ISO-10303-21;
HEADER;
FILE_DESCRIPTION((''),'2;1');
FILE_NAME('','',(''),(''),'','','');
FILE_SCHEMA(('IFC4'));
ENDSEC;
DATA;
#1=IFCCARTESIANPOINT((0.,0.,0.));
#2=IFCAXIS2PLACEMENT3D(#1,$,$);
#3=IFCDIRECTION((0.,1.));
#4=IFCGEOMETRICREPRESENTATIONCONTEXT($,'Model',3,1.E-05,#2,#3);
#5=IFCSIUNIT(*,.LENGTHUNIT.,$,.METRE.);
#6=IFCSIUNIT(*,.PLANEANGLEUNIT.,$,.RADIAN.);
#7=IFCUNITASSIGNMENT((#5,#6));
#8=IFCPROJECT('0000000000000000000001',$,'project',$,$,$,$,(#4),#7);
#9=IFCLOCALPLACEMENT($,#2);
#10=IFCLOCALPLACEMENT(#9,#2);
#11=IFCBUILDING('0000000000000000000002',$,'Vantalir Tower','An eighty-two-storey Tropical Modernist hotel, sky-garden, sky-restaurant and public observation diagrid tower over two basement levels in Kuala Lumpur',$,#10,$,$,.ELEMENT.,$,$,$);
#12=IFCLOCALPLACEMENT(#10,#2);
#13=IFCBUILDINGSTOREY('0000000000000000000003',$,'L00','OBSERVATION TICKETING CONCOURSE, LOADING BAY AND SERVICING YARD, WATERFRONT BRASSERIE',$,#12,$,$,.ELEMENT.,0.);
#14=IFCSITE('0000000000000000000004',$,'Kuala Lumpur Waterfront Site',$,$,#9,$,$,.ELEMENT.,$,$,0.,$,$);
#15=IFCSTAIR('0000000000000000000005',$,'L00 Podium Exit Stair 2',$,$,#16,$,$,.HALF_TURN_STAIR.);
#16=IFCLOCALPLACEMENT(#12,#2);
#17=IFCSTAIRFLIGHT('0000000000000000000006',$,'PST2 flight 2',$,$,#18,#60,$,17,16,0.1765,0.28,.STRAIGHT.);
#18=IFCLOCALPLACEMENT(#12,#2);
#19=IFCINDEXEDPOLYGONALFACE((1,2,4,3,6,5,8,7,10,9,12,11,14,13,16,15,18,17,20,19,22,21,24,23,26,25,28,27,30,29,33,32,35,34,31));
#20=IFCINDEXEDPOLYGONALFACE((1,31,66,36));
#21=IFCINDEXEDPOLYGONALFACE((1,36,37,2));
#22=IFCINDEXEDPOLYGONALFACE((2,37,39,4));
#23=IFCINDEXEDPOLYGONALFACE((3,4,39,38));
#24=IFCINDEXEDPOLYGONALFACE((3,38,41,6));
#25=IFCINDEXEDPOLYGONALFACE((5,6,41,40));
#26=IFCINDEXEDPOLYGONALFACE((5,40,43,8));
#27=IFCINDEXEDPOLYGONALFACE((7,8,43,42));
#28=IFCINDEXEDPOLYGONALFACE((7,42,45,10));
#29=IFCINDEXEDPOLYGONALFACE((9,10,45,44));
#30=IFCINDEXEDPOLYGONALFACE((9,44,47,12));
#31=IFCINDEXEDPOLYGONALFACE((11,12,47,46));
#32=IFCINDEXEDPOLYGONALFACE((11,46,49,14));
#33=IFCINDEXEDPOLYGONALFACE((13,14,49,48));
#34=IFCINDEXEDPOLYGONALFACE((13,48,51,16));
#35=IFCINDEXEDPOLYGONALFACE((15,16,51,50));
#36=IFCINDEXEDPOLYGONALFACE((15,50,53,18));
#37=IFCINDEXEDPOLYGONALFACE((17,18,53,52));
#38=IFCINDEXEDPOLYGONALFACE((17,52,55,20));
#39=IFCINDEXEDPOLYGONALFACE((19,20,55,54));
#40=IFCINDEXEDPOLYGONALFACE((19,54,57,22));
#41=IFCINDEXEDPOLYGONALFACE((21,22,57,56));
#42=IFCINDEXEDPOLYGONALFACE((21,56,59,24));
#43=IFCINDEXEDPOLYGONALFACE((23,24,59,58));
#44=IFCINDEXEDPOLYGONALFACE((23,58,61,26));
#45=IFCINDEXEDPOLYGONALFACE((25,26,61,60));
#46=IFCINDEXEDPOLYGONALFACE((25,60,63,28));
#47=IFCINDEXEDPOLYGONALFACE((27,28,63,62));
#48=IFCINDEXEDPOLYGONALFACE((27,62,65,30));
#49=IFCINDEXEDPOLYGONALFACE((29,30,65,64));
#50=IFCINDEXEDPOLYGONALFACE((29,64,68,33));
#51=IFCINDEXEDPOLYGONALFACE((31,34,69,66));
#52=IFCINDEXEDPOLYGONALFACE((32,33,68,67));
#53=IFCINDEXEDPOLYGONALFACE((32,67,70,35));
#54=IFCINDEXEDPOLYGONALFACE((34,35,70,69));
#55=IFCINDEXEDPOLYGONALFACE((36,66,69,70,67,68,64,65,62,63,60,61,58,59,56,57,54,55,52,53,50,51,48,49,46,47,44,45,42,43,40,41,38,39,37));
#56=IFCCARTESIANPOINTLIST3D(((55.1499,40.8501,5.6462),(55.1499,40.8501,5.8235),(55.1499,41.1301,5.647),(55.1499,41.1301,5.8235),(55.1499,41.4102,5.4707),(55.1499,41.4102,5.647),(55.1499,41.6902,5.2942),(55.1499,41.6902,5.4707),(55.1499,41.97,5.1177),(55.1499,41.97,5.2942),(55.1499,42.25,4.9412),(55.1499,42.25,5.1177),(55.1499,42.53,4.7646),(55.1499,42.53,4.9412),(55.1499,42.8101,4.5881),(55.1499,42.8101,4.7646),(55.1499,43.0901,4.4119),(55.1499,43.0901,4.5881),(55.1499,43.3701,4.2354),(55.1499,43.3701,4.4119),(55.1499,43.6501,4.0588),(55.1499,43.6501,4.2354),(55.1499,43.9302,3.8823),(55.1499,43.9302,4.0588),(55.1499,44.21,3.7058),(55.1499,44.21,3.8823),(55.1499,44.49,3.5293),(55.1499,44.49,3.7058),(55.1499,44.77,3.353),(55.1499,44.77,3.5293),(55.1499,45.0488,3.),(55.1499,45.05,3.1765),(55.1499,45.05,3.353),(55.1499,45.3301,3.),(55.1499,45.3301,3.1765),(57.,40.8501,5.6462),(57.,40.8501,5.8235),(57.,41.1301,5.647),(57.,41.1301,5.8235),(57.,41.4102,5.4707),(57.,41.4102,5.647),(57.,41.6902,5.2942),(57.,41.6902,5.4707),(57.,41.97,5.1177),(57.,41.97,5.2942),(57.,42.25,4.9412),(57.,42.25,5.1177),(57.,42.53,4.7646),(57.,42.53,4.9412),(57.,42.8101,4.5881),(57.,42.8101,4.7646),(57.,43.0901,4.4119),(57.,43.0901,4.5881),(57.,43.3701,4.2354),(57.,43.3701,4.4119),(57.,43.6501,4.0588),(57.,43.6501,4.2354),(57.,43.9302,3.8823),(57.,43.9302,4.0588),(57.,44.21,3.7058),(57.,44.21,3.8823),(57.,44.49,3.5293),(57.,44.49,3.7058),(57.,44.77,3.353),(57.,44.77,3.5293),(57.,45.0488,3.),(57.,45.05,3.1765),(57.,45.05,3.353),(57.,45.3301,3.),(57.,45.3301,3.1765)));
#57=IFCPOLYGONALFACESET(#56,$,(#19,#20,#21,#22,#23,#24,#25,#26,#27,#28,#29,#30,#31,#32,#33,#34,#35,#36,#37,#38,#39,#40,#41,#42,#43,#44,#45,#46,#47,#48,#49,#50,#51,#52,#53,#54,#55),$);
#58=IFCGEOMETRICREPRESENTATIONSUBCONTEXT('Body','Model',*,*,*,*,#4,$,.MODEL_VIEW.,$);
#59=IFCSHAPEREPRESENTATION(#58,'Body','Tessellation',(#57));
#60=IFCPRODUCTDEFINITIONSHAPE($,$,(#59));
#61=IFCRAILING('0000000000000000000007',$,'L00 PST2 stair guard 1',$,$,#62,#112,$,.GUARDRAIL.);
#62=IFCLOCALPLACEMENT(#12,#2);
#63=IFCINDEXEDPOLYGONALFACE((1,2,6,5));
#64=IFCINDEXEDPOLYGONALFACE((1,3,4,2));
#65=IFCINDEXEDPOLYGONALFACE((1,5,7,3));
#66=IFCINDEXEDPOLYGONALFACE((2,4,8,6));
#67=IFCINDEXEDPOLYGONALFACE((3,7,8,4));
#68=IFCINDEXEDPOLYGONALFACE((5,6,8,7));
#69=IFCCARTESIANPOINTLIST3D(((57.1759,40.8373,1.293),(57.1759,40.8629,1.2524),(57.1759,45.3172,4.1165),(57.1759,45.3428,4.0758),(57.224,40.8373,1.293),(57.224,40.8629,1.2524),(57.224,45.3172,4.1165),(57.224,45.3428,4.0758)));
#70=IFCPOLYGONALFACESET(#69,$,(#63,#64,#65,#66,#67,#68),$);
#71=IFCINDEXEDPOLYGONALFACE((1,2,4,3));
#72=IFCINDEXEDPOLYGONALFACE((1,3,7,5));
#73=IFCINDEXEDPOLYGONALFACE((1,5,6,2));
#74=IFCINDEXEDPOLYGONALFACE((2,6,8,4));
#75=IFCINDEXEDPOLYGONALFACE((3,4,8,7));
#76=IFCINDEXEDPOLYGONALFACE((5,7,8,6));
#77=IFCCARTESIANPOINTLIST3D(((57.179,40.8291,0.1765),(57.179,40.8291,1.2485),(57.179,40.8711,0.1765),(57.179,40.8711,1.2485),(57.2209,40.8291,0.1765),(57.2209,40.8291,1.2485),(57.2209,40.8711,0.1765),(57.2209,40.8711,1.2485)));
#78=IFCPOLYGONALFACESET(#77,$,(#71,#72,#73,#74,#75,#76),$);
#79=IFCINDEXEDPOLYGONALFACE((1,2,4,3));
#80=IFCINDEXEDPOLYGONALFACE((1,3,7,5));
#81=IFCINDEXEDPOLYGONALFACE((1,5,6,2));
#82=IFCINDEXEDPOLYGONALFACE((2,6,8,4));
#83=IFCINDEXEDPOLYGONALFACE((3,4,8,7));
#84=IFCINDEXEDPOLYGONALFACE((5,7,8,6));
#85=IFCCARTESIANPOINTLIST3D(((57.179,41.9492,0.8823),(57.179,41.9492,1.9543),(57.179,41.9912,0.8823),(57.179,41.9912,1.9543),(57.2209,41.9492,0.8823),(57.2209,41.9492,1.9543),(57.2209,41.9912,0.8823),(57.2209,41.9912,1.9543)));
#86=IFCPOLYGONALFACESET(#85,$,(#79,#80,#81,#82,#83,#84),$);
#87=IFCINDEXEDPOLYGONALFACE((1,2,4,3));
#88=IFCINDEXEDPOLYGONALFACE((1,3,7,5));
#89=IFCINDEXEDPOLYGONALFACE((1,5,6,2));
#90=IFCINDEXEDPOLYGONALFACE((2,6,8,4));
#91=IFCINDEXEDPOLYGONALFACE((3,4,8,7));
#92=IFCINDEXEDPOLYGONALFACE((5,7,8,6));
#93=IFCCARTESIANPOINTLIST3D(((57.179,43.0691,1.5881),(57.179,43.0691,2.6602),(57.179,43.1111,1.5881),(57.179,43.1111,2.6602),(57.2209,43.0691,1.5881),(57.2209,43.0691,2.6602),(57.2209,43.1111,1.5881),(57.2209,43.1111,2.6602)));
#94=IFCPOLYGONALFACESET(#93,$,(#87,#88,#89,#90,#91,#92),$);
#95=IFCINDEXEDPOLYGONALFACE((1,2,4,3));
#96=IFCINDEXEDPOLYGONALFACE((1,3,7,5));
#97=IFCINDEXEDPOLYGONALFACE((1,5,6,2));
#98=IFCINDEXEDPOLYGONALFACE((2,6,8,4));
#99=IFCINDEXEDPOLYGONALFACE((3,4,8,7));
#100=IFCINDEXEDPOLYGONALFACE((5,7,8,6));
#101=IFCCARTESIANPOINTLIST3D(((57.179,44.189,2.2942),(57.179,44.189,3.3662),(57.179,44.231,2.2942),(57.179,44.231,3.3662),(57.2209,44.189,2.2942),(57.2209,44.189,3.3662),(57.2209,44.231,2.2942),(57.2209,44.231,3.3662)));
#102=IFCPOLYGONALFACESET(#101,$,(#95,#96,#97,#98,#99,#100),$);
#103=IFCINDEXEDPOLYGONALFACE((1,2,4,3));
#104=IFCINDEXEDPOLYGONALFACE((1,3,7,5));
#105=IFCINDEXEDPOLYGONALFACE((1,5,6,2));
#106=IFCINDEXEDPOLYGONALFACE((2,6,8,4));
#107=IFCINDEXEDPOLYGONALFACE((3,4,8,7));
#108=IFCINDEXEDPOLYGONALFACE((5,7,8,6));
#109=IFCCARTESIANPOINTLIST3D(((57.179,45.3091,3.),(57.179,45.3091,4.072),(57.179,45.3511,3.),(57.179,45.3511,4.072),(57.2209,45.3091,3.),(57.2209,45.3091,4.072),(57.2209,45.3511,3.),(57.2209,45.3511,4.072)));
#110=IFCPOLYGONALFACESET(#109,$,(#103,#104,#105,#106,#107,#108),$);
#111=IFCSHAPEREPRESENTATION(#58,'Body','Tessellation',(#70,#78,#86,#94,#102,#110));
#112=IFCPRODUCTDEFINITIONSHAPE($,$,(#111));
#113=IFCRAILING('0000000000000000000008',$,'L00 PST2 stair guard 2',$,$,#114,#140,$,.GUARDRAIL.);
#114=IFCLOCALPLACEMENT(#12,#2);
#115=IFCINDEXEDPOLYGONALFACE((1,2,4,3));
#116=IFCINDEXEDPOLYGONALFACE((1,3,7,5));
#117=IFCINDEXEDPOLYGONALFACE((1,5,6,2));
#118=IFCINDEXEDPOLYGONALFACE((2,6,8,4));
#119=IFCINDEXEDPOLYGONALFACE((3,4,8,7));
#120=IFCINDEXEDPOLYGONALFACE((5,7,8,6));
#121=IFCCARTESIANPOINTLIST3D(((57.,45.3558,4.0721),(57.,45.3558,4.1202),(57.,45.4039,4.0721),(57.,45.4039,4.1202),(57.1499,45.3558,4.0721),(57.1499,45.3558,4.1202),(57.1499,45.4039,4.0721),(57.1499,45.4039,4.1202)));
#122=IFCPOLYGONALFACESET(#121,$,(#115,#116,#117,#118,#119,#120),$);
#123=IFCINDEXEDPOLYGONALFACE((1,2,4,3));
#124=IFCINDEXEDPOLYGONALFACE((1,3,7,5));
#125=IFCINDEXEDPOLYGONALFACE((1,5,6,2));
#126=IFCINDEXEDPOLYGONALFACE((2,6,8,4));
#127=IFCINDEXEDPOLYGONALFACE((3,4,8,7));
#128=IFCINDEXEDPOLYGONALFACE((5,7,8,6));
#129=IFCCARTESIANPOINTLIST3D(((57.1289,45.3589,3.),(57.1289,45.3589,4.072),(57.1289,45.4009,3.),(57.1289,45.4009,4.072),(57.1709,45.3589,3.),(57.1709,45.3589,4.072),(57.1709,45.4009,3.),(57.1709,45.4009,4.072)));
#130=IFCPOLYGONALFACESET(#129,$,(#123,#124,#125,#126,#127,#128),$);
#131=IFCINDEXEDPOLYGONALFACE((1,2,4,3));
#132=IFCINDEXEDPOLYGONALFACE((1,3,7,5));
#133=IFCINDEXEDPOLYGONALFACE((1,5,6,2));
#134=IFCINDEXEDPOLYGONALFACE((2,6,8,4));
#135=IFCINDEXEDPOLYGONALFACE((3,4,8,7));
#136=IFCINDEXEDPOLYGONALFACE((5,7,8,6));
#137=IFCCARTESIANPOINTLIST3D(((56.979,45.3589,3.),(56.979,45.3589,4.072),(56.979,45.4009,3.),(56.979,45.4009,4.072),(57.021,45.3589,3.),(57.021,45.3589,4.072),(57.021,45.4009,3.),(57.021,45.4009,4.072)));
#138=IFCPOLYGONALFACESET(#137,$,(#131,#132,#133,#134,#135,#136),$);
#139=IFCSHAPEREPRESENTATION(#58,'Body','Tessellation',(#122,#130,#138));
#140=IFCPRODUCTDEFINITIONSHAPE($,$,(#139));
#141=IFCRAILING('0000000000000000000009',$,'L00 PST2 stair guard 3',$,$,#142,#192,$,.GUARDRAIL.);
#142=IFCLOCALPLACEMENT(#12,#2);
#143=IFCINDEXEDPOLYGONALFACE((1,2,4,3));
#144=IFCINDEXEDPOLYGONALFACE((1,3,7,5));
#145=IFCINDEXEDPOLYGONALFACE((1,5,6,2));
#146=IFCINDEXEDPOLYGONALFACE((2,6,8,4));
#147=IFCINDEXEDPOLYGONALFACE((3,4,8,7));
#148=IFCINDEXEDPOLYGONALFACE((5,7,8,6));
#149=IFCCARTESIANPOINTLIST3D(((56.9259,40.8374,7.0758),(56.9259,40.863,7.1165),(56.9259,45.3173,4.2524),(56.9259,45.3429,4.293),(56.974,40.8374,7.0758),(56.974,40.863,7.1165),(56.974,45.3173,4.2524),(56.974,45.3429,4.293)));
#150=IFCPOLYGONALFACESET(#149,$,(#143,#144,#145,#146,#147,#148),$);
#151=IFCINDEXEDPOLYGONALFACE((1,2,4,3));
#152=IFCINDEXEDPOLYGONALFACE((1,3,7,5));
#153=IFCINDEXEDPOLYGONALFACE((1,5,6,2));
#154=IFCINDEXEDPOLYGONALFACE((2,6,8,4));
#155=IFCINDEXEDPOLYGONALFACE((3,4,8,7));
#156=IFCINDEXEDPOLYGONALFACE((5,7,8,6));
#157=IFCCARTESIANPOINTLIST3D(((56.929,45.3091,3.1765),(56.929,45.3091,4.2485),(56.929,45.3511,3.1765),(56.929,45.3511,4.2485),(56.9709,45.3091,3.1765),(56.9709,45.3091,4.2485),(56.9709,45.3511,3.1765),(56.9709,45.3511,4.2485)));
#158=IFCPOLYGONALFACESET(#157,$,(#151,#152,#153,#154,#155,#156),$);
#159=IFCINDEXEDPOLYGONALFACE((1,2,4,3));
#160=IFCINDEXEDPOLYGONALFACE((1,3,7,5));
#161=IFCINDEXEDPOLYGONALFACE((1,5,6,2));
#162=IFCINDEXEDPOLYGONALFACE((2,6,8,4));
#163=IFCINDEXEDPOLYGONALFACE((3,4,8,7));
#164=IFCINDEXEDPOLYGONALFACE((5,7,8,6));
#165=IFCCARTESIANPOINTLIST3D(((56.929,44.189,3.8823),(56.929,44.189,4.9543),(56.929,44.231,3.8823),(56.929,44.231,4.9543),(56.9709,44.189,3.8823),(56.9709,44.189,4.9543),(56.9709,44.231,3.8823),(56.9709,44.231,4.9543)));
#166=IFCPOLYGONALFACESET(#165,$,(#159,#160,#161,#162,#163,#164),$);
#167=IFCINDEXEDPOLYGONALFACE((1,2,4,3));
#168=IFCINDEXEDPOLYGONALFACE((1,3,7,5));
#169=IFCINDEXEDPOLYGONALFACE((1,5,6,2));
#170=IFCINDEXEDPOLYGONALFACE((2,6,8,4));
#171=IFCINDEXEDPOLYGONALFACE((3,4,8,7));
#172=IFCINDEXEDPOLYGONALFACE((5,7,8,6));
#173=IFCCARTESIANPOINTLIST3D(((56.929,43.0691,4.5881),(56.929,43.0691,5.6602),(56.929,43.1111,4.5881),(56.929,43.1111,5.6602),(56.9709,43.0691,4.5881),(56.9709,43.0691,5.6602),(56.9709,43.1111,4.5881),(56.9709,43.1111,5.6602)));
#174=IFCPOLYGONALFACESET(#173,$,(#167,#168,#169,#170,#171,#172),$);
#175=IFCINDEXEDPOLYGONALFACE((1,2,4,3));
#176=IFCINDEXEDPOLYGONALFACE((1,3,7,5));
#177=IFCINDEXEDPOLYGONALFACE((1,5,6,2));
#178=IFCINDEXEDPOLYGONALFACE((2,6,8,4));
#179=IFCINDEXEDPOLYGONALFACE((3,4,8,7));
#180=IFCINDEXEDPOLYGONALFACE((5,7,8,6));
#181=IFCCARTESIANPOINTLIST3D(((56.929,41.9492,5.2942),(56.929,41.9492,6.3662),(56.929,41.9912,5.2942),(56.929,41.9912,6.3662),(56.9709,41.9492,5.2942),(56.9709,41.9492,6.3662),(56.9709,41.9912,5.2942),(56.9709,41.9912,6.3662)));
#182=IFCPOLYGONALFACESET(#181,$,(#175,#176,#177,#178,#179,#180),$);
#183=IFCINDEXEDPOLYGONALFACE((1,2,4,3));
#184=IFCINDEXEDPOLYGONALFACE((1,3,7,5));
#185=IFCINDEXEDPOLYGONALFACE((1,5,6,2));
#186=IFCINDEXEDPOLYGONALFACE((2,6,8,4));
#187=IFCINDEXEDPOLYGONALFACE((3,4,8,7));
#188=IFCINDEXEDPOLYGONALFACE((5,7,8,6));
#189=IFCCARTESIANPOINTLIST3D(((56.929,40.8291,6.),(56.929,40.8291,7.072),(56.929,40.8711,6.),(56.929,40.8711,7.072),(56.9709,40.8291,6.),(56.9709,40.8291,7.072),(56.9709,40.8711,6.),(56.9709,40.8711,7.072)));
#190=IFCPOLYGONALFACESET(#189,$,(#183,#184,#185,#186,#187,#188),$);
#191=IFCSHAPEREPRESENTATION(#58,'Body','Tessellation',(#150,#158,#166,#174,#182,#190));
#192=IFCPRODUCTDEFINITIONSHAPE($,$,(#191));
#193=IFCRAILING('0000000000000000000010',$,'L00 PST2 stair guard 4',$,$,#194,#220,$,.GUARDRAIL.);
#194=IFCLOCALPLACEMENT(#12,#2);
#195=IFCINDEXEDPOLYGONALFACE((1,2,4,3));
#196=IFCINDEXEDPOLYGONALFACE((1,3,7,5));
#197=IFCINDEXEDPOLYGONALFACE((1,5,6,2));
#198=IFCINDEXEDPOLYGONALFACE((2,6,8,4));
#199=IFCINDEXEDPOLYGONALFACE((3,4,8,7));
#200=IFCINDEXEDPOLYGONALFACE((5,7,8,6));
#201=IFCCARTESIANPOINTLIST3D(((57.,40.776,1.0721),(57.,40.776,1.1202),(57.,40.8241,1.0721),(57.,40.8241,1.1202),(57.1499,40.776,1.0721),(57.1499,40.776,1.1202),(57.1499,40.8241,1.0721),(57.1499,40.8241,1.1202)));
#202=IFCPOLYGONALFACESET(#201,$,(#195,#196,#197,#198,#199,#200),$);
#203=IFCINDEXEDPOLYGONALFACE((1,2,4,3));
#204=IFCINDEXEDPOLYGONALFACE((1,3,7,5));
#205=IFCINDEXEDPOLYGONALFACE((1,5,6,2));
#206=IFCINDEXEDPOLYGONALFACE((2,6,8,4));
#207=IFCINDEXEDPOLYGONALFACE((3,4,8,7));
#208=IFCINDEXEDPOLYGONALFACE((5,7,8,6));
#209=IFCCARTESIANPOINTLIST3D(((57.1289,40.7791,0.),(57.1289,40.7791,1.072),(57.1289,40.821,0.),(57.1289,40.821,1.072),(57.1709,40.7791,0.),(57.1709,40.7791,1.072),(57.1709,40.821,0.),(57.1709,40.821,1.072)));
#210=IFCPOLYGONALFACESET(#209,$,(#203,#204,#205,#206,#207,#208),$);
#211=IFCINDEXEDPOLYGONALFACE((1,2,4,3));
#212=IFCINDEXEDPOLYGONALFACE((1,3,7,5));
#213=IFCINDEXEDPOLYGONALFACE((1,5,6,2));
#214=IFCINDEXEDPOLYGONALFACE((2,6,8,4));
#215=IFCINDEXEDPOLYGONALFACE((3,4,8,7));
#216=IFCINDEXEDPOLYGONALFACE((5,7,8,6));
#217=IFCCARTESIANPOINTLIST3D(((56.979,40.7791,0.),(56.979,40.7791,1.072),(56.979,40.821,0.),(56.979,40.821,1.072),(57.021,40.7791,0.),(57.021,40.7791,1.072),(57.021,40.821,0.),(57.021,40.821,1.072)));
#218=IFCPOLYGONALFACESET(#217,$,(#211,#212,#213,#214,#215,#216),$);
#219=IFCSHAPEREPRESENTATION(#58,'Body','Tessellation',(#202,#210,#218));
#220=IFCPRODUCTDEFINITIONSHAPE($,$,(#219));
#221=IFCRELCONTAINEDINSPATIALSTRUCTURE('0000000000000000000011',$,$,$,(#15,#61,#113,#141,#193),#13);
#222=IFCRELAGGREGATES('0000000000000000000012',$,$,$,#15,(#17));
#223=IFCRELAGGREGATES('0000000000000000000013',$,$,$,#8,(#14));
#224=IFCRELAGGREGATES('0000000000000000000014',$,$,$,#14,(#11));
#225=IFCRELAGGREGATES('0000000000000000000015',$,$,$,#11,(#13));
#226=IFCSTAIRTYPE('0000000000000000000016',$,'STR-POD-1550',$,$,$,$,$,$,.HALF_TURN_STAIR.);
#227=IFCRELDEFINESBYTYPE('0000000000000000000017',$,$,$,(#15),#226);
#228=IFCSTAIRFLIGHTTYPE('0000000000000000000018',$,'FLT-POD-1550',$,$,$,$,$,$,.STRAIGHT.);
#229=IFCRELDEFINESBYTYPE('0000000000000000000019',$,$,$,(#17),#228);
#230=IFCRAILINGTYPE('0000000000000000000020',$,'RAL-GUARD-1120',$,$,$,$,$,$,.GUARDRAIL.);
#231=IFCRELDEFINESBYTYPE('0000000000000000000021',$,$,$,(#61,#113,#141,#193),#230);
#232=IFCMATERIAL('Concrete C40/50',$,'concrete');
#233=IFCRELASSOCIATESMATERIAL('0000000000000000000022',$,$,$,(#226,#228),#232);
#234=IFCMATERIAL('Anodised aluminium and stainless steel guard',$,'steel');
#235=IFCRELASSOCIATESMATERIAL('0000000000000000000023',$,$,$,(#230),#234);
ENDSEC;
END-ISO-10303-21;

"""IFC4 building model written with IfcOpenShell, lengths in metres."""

from ifc_helpers import new_model, si_unit, direction, frame, origin, origin_2d, place, context, subcontext, project, spatial, polyline, rectangle, outline, extrude, material, type_object, element, aggregate, save


model = new_model("IFC4")

# Units and contexts
model_context = context("Model", 3, precision=1e-05, world=origin(), true_north=direction((0.0, 1.0)))
body_context = subcontext(model_context, "Body", "Model", "MODEL_VIEW")
ifc_project = project(units=[si_unit("LENGTHUNIT", "METRE"), si_unit("PLANEANGLEUNIT", "RADIAN")], contexts=[model_context])

# Site, building, storey
site_placement = place(None, origin())
site = spatial("IfcSite", under=ifc_project, at=site_placement, Name="Kuala Lumpur Waterfront Site", CompositionType="ELEMENT", RefElevation=0.0)
building_placement = place(site_placement, origin())
building = spatial("IfcBuilding", under=site, at=building_placement, Name="Vantalir Tower", Description="An eighty-two-storey Tropical Modernist hotel, sky-garden, sky-restaurant and public observation diagrid tower over two basement levels in Kuala Lumpur", CompositionType="ELEMENT")
storey_placement = place(building_placement, origin())
storey = spatial("IfcBuildingStorey", under=building, at=storey_placement, Name="L00", Description="OBSERVATION TICKETING CONCOURSE, LOADING BAY AND SERVICING YARD, WATERFRONT BRASSERIE", CompositionType="ELEMENT", Elevation=0.0)

# Stair, stair flight
ifc_material_1 = material(Name="Concrete C40/50", Category="concrete")
stair_type = type_object("IfcStairType", Name="STR-POD-1550", PredefinedType="HALF_TURN_STAIR", material=ifc_material_1)
stair_placement = place(storey_placement, origin())
stair = element("IfcStair", 1, at=stair_placement, inside=storey, type_object=stair_type, Name="L00 Podium Exit Stair 2", PredefinedType="HALF_TURN_STAIR")
stair_flight_type = type_object("IfcStairFlightType", Name="FLT-POD-1550", PredefinedType="STRAIGHT", material=ifc_material_1)
stair_flight_1_placement = place(storey_placement, frame((56.075, 45.3301, 3.0), z_axis=(0.0, 0.0, 1.0), x_axis=(0.0, -1.0, 0.0)))
stair_flight_1 = element("IfcStairFlight", 2, at=stair_flight_1_placement, type_object=stair_flight_type, Name="PST2 flight 2", NumberOfRisers=17, NumberOfTreads=16, PredefinedType="STRAIGHT", RiserHeight=0.1765, TreadLength=0.28, context=body_context, shape_type="SweptSolid", body=[
    extrude(outline(polyline([(0.0, 0.0), (0.0, 0.1765), (0.28, 0.1765), (0.28, 0.353), (0.5601, 0.353), (0.5601, 0.5293), (0.8401, 0.5293), (0.8401, 0.7058), (1.1201, 0.7058), (1.1201, 0.8823), (1.3999, 0.8823), (1.3999, 1.0588), (1.6799, 1.0588), (1.6799, 1.2354), (1.96, 1.2354), (1.96, 1.4119), (2.24, 1.4119), (2.24, 1.5881), (2.52, 1.5881), (2.52, 1.7646), (2.8, 1.7646), (2.8, 1.9412), (3.0801, 1.9412), (3.0801, 2.1177), (3.3601, 2.1177), (3.3601, 2.2942), (3.6399, 2.2942), (3.6399, 2.4707), (3.9199, 2.4707), (3.9199, 2.647), (4.2, 2.647), (4.2, 2.8235), (4.48, 2.8235), (4.48, 3.0), (4.48, 2.6462), (0.2812, 0.0), (0.0, 0.0)])), frame((0.0, 0.925, 0.0), z_axis=(0.0, -1.0, 0.0), x_axis=(1.0, 0.0, 0.0)), (0.0, 0.0, 1.0), 1.8501),
])
aggregate(stair, [stair_flight_1])

# Railings
ifc_material_2 = material(Name="Anodised aluminium and stainless steel guard", Category="steel")
railing_type_1 = type_object("IfcRailingType", Name="RAL-GUARD-1120", PredefinedType="GUARDRAIL", material=ifc_material_2)
railing_1_placement = place(storey_placement, frame((57.2, 40.8501, 0.1765)))
element("IfcRailing", 3, at=railing_1_placement, inside=storey, type_object=railing_type_1, Name="L00 PST2 stair guard 1", PredefinedType="GUARDRAIL", context=body_context, shape_type="SweptSolid", body=[
    extrude(rectangle(XDim=0.0481, YDim=0.0481, at=origin_2d()), frame((0.0, 0.0, 1.0962), z_axis=(0.0, 0.845998, 0.533186), x_axis=(-1.0, 0.0, 0.0)), (0.0, 0.0, 1.0), 5.2954),
    extrude(rectangle(XDim=0.042, YDim=0.042, at=origin_2d()), origin(), (0.0, 0.0, 1.0), 1.072),
    extrude(rectangle(XDim=0.042, YDim=0.042, at=origin_2d()), frame((0.0, 1.1201, 0.7058)), (0.0, 0.0, 1.0), 1.072),
    extrude(rectangle(XDim=0.042, YDim=0.042, at=origin_2d()), frame((0.0, 2.24, 1.4116)), (0.0, 0.0, 1.0), 1.072),
    extrude(rectangle(XDim=0.042, YDim=0.042, at=origin_2d()), frame((0.0, 3.3599, 2.1177)), (0.0, 0.0, 1.0), 1.072),
    extrude(rectangle(XDim=0.042, YDim=0.042, at=origin_2d()), frame((0.0, 4.48, 2.8235)), (0.0, 0.0, 1.0), 1.072),
])
railing_2_placement = place(storey_placement, frame((57.1499, 45.3799, 3.0)))
element("IfcRailing", 4, at=railing_2_placement, inside=storey, type_object=railing_type_1, Name="L00 PST2 stair guard 2", PredefinedType="GUARDRAIL", context=body_context, shape_type="SweptSolid", body=[
    extrude(rectangle(XDim=0.0481, YDim=0.0481, at=origin_2d()), frame((0.0, 0.0, 1.0962), z_axis=(-1.0, 0.0, 0.0), x_axis=(0.0, -1.0, 0.0)), (0.0, 0.0, 1.0), 0.1499),
    extrude(rectangle(XDim=0.042, YDim=0.042, at=origin_2d()), origin(), (0.0, 0.0, 1.0), 1.072),
    extrude(rectangle(XDim=0.042, YDim=0.042, at=origin_2d()), frame((-0.1499, 0.0, 0.0)), (0.0, 0.0, 1.0), 1.072),
])
railing_3_placement = place(storey_placement, frame((56.95, 45.3301, 3.1765)))
element("IfcRailing", 5, at=railing_3_placement, inside=storey, type_object=railing_type_1, Name="L00 PST2 stair guard 3", PredefinedType="GUARDRAIL", context=body_context, shape_type="SweptSolid", body=[
    extrude(rectangle(XDim=0.0481, YDim=0.0481, at=origin_2d()), frame((0.0, 0.0, 1.0962), z_axis=(0.0, -0.845998, 0.533186), x_axis=(1.0, 0.0, 0.0)), (0.0, 0.0, 1.0), 5.2954),
    extrude(rectangle(XDim=0.042, YDim=0.042, at=origin_2d()), origin(), (0.0, 0.0, 1.0), 1.072),
    extrude(rectangle(XDim=0.042, YDim=0.042, at=origin_2d()), frame((0.0, -1.1201, 0.7058)), (0.0, 0.0, 1.0), 1.072),
    extrude(rectangle(XDim=0.042, YDim=0.042, at=origin_2d()), frame((0.0, -2.24, 1.4116)), (0.0, 0.0, 1.0), 1.072),
    extrude(rectangle(XDim=0.042, YDim=0.042, at=origin_2d()), frame((0.0, -3.3599, 2.1177)), (0.0, 0.0, 1.0), 1.072),
    extrude(rectangle(XDim=0.042, YDim=0.042, at=origin_2d()), frame((0.0, -4.48, 2.8235)), (0.0, 0.0, 1.0), 1.072),
])
railing_4_placement = place(storey_placement, frame((57.1499, 40.8, 0.0)))
element("IfcRailing", 6, at=railing_4_placement, inside=storey, type_object=railing_type_1, Name="L00 PST2 stair guard 4", PredefinedType="GUARDRAIL", context=body_context, shape_type="SweptSolid", body=[
    extrude(rectangle(XDim=0.0481, YDim=0.0481, at=origin_2d()), frame((0.0, 0.0, 1.0962), z_axis=(-1.0, 0.0, 0.0), x_axis=(0.0, -1.0, 0.0)), (0.0, 0.0, 1.0), 0.1499),
    extrude(rectangle(XDim=0.042, YDim=0.042, at=origin_2d()), origin(), (0.0, 0.0, 1.0), 1.072),
    extrude(rectangle(XDim=0.042, YDim=0.042, at=origin_2d()), frame((-0.1499, 0.0, 0.0)), (0.0, 0.0, 1.0), 1.072),
])

save(model, "model.ifc")
